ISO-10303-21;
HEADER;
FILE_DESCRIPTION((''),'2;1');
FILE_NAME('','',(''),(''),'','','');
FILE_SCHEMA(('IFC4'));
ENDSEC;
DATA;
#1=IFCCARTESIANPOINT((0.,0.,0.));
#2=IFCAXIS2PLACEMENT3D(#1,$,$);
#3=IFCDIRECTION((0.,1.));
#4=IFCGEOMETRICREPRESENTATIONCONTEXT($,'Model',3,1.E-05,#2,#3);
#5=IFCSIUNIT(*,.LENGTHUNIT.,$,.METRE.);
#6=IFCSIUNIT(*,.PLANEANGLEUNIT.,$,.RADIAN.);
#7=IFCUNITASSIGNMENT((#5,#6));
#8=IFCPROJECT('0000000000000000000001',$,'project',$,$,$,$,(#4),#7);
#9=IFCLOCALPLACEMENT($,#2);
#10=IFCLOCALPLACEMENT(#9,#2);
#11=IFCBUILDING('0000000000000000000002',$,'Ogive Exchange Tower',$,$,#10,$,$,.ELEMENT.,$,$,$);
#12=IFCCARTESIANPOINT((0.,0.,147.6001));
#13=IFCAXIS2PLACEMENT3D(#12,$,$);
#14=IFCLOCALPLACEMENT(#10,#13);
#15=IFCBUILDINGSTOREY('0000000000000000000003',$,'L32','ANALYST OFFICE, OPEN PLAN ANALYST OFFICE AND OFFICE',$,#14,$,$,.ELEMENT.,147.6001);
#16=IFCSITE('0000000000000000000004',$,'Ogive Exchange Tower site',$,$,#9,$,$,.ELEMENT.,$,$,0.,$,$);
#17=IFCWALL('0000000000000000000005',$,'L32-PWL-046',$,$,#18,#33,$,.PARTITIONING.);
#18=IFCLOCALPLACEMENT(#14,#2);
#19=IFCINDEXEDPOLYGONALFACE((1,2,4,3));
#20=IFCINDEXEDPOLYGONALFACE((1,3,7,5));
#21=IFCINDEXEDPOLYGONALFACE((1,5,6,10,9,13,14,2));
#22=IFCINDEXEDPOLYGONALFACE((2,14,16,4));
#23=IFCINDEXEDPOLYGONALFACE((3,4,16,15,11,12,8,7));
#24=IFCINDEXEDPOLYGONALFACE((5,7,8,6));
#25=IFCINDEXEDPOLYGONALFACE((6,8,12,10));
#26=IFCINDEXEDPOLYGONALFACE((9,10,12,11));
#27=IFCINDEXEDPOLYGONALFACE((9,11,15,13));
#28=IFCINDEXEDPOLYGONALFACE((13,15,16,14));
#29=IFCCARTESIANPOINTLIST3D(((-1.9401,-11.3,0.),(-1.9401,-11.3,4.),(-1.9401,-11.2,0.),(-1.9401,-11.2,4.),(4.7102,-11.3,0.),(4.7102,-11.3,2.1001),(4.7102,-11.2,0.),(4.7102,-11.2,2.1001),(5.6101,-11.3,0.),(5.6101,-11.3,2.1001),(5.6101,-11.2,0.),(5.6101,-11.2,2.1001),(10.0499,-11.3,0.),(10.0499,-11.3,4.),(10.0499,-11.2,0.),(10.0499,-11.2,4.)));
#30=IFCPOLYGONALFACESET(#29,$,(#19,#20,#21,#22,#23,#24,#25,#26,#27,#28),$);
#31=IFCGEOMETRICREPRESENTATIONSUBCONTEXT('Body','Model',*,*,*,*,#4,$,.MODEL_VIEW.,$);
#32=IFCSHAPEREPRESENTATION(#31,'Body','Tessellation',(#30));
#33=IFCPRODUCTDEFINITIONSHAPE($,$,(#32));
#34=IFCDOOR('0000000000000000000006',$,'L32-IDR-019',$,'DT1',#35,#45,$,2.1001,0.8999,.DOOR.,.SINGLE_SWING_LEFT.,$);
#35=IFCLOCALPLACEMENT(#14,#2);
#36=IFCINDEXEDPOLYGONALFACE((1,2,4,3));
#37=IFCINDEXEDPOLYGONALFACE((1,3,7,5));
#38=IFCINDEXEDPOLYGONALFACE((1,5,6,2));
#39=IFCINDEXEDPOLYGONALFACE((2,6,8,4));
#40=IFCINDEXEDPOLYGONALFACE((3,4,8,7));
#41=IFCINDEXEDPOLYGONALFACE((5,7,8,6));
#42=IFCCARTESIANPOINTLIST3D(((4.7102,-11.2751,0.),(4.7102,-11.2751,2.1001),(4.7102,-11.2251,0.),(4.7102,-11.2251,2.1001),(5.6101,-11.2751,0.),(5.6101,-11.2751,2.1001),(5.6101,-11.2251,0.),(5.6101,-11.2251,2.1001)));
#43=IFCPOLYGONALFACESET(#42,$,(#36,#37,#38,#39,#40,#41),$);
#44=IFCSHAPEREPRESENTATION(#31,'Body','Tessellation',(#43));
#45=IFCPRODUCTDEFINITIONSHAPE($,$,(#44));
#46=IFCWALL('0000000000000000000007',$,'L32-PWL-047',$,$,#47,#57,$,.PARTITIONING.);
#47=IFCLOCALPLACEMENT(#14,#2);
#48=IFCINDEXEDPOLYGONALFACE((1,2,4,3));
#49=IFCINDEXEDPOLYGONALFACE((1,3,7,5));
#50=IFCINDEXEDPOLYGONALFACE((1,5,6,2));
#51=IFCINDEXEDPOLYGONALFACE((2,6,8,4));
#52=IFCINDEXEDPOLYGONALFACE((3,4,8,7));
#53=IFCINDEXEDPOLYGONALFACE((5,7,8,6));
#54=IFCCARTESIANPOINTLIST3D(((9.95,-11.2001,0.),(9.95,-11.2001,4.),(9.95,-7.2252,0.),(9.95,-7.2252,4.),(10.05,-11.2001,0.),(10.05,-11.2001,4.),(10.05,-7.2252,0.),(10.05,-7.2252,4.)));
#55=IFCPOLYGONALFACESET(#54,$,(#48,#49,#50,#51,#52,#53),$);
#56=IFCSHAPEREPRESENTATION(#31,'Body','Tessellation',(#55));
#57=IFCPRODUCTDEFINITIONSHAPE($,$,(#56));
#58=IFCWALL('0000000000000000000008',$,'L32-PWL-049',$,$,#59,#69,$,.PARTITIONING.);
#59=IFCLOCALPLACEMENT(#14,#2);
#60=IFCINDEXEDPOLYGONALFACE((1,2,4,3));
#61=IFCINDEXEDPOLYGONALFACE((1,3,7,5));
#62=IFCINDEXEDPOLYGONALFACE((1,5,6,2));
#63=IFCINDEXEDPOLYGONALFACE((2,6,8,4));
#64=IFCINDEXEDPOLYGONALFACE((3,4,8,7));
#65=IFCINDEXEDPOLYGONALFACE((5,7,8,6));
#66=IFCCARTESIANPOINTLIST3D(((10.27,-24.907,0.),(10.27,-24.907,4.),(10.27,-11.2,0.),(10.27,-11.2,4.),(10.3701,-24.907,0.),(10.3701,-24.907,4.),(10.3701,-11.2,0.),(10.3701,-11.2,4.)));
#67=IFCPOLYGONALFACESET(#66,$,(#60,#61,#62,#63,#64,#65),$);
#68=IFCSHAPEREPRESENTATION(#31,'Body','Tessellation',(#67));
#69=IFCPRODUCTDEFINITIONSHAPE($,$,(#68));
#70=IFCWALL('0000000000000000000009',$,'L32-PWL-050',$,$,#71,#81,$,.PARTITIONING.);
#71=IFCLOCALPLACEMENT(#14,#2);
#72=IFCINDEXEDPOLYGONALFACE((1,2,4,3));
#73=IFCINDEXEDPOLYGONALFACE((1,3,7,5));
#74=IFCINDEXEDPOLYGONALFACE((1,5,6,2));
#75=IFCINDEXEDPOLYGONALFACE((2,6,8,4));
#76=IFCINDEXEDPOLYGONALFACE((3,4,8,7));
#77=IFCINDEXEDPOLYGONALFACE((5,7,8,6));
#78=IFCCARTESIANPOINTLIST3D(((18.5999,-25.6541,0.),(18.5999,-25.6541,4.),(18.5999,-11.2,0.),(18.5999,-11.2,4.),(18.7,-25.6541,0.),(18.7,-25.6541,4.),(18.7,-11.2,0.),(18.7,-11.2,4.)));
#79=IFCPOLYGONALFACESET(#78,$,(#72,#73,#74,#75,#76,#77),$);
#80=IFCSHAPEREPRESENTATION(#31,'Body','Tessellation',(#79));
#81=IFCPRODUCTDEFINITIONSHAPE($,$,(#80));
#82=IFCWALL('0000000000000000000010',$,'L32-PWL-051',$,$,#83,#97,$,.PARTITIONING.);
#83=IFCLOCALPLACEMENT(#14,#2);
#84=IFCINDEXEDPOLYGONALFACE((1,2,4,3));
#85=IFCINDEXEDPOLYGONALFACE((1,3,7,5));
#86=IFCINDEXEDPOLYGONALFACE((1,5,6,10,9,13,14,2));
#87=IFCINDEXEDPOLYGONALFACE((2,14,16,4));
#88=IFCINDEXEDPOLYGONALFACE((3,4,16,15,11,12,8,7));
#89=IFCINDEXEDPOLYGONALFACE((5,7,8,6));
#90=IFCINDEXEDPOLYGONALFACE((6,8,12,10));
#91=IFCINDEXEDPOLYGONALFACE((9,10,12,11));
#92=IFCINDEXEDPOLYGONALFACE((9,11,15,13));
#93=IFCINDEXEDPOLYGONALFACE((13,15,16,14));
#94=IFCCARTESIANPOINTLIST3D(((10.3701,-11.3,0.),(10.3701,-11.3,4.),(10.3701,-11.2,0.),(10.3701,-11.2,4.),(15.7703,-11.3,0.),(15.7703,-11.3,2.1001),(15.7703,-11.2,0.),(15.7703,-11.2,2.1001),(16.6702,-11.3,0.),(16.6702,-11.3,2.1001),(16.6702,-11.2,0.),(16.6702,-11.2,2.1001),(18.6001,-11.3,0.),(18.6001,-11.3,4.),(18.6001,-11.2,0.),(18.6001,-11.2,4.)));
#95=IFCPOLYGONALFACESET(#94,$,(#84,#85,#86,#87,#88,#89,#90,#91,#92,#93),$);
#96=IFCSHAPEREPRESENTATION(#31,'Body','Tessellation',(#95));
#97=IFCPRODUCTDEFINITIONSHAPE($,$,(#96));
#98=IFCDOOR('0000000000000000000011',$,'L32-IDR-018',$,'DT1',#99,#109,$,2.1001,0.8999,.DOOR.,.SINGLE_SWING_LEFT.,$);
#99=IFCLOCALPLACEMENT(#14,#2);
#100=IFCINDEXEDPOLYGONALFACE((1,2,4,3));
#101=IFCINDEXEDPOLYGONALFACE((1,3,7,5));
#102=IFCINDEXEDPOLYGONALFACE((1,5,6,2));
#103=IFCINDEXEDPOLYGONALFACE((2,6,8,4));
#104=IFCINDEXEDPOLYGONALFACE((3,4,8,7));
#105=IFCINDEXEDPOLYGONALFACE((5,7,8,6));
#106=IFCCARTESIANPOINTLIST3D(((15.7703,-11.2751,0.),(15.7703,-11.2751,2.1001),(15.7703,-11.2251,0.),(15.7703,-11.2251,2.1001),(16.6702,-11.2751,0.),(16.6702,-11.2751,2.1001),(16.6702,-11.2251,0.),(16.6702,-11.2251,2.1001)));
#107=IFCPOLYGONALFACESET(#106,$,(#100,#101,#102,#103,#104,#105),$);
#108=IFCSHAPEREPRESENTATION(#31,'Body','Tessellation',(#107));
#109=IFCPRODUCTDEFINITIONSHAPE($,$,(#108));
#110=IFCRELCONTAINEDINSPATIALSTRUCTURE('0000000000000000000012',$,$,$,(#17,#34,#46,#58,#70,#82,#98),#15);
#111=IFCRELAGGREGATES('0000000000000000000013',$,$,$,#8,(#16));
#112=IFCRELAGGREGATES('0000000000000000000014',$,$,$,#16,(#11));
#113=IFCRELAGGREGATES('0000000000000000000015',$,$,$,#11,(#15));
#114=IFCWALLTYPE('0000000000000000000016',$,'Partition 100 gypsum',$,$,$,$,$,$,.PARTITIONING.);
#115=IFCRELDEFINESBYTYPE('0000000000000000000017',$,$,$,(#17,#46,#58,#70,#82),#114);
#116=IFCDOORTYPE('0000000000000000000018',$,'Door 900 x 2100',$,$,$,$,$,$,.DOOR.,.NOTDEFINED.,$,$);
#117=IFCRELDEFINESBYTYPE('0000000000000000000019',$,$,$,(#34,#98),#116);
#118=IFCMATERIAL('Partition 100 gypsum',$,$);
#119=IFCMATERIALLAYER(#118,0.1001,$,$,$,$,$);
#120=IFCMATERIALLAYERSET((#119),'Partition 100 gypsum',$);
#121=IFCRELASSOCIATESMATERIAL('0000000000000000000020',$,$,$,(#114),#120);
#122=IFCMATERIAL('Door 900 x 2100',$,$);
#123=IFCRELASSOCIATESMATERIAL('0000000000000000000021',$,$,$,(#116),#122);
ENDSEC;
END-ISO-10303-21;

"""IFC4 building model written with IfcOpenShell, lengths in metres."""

from ifc_helpers import new_model, si_unit, direction, frame, frame_2d, origin, place, context, subcontext, project, spatial, rectangle, extrude, material, layer, layer_set, type_object, element, fill, save


model = new_model("IFC4")

# Units and contexts
model_context = context("Model", 3, precision=1e-05, world=origin(), true_north=direction((0.0, 1.0)))
body_context = subcontext(model_context, "Body", "Model", "MODEL_VIEW")
ifc_project = project(units=[si_unit("LENGTHUNIT", "METRE"), si_unit("PLANEANGLEUNIT", "RADIAN")], contexts=[model_context])

# Site, building, storey
site_placement = place(None, origin())
site = spatial("IfcSite", under=ifc_project, at=site_placement, Name="Ogive Exchange Tower site", CompositionType="ELEMENT", RefElevation=0.0)
building_placement = place(site_placement, origin())
building = spatial("IfcBuilding", under=site, at=building_placement, Name="Ogive Exchange Tower", CompositionType="ELEMENT")
storey_placement = place(building_placement, frame((0.0, 0.0, 147.6001)))
storey = spatial("IfcBuildingStorey", under=building, at=storey_placement, Name="L32", Description="ANALYST OFFICE, OPEN PLAN ANALYST OFFICE AND OFFICE", CompositionType="ELEMENT", Elevation=147.6001)

# Wall, opening, door
ifc_material_1 = material(Name="Partition 100 gypsum")
ifc_layer_1 = layer(ifc_material_1, 0.1001)
ifc_layer_set_1 = layer_set([ifc_layer_1], Name="Partition 100 gypsum")
wall_type_1 = type_object("IfcWallType", Name="Partition 100 gypsum", PredefinedType="PARTITIONING", material=ifc_layer_set_1)
wall_1_placement = place(storey_placement, frame((10.05, -11.25, 0.0), z_axis=(0.0, 0.0, 1.0), x_axis=(-1.0, 0.0, 0.0)))
wall_1 = element("IfcWall", 1, at=wall_1_placement, inside=storey, type_object=wall_type_1, Name="L32-PWL-046", PredefinedType="PARTITIONING", context=body_context, shape_type="SweptSolid", body=[
    extrude(rectangle(XDim=11.99, YDim=0.1001, at=frame_2d((5.9951, 0.0))), origin(), (0.0, 0.0, 1.0), 4.0),
])
opening_1_placement = place(wall_1_placement, frame((4.4399, 0.0, 0.0)))
opening_1 = element("IfcOpeningElement", 2, at=opening_1_placement, cuts=wall_1, PredefinedType="OPENING", context=body_context, shape_type="SweptSolid", body=[
    extrude(rectangle(XDim=0.8999, YDim=2.1001, at=frame_2d((0.45, 1.05))), frame((0.0, 0.0601, 0.0), z_axis=(0.0, -1.0, 0.0), x_axis=(1.0, 0.0, 0.0)), (0.0, 0.0, 1.0), 0.1201),
])
ifc_material_2 = material(Name="Door 900 x 2100")
door_type = type_object("IfcDoorType", Name="Door 900 x 2100", OperationType="NOTDEFINED", PredefinedType="DOOR", material=ifc_material_2)
door_1_placement = place(opening_1_placement, frame((0.8999, 0.0, 0.0), z_axis=(0.0, 0.0, 1.0), x_axis=(-1.0, 0.0, 0.0)))
door_1 = element("IfcDoor", 3, at=door_1_placement, inside=storey, type_object=door_type, Name="L32-IDR-019", ObjectType="DT1", OperationType="SINGLE_SWING_LEFT", OverallHeight=2.1001, OverallWidth=0.8999, PredefinedType="DOOR", context=body_context, shape_type="SweptSolid", body=[
    extrude(rectangle(XDim=0.8999, YDim=2.1001, at=frame_2d((0.45, 1.05))), frame((0.0, 0.0249, 0.0), z_axis=(0.0, -1.0, 0.0), x_axis=(1.0, 0.0, 0.0)), (0.0, 0.0, 1.0), 0.05),
])
fill(opening_1, door_1)

# Walls
wall_2_placement = place(storey_placement, frame((10.0, -11.2, 0.0), z_axis=(0.0, 0.0, 1.0), x_axis=(0.0, 1.0, 0.0)))
element("IfcWall", 4, at=wall_2_placement, inside=storey, type_object=wall_type_1, Name="L32-PWL-047", PredefinedType="PARTITIONING", context=body_context, shape_type="SweptSolid", body=[
    extrude(rectangle(XDim=3.9749, YDim=0.1001, at=frame_2d((1.9873, 0.0))), origin(), (0.0, 0.0, 1.0), 4.0),
])
wall_3_placement = place(storey_placement, frame((10.3201, -24.907, 0.0), z_axis=(0.0, 0.0, 1.0), x_axis=(0.0, 1.0, 0.0)))
element("IfcWall", 5, at=wall_3_placement, inside=storey, type_object=wall_type_1, Name="L32-PWL-049", PredefinedType="PARTITIONING", context=body_context, shape_type="SweptSolid", body=[
    extrude(rectangle(XDim=13.707, YDim=0.1001, at=frame_2d((6.8535, 0.0))), origin(), (0.0, 0.0, 1.0), 4.0),
])
wall_4_placement = place(storey_placement, frame((18.6499, -25.6541, 0.0), z_axis=(0.0, 0.0, 1.0), x_axis=(0.0, 1.0, 0.0)))
element("IfcWall", 6, at=wall_4_placement, inside=storey, type_object=wall_type_1, Name="L32-PWL-050", PredefinedType="PARTITIONING", context=body_context, shape_type="SweptSolid", body=[
    extrude(rectangle(XDim=14.4541, YDim=0.1001, at=frame_2d((7.2271, 0.0))), origin(), (0.0, 0.0, 1.0), 4.0),
])

# Wall, opening, door
wall_5_placement = place(storey_placement, frame((18.6001, -11.25, 0.0), z_axis=(0.0, 0.0, 1.0), x_axis=(-1.0, 0.0, 0.0)))
wall_5 = element("IfcWall", 7, at=wall_5_placement, inside=storey, type_object=wall_type_1, Name="L32-PWL-051", PredefinedType="PARTITIONING", context=body_context, shape_type="SweptSolid", body=[
    extrude(rectangle(XDim=8.23, YDim=0.1001, at=frame_2d((4.115, 0.0))), origin(), (0.0, 0.0, 1.0), 4.0),
])
opening_2_placement = place(wall_5_placement, frame((1.9299, 0.0, 0.0)))
opening_2 = element("IfcOpeningElement", 8, at=opening_2_placement, cuts=wall_5, PredefinedType="OPENING", context=body_context, shape_type="SweptSolid", body=[
    extrude(rectangle(XDim=0.8999, YDim=2.1001, at=frame_2d((0.45, 1.05))), frame((0.0, 0.0601, 0.0), z_axis=(0.0, -1.0, 0.0), x_axis=(1.0, 0.0, 0.0)), (0.0, 0.0, 1.0), 0.1201),
])
door_2_placement = place(opening_2_placement, frame((0.8999, 0.0, 0.0), z_axis=(0.0, 0.0, 1.0), x_axis=(-1.0, 0.0, 0.0)))
door_2 = element("IfcDoor", 9, at=door_2_placement, inside=storey, type_object=door_type, Name="L32-IDR-018", ObjectType="DT1", OperationType="SINGLE_SWING_LEFT", OverallHeight=2.1001, OverallWidth=0.8999, PredefinedType="DOOR", context=body_context, shape_type="SweptSolid", body=[
    extrude(rectangle(XDim=0.8999, YDim=2.1001, at=frame_2d((0.45, 1.05))), frame((0.0, 0.0249, 0.0), z_axis=(0.0, -1.0, 0.0), x_axis=(1.0, 0.0, 0.0)), (0.0, 0.0, 1.0), 0.05),
])
fill(opening_2, door_2)

save(model, "model.ifc")
